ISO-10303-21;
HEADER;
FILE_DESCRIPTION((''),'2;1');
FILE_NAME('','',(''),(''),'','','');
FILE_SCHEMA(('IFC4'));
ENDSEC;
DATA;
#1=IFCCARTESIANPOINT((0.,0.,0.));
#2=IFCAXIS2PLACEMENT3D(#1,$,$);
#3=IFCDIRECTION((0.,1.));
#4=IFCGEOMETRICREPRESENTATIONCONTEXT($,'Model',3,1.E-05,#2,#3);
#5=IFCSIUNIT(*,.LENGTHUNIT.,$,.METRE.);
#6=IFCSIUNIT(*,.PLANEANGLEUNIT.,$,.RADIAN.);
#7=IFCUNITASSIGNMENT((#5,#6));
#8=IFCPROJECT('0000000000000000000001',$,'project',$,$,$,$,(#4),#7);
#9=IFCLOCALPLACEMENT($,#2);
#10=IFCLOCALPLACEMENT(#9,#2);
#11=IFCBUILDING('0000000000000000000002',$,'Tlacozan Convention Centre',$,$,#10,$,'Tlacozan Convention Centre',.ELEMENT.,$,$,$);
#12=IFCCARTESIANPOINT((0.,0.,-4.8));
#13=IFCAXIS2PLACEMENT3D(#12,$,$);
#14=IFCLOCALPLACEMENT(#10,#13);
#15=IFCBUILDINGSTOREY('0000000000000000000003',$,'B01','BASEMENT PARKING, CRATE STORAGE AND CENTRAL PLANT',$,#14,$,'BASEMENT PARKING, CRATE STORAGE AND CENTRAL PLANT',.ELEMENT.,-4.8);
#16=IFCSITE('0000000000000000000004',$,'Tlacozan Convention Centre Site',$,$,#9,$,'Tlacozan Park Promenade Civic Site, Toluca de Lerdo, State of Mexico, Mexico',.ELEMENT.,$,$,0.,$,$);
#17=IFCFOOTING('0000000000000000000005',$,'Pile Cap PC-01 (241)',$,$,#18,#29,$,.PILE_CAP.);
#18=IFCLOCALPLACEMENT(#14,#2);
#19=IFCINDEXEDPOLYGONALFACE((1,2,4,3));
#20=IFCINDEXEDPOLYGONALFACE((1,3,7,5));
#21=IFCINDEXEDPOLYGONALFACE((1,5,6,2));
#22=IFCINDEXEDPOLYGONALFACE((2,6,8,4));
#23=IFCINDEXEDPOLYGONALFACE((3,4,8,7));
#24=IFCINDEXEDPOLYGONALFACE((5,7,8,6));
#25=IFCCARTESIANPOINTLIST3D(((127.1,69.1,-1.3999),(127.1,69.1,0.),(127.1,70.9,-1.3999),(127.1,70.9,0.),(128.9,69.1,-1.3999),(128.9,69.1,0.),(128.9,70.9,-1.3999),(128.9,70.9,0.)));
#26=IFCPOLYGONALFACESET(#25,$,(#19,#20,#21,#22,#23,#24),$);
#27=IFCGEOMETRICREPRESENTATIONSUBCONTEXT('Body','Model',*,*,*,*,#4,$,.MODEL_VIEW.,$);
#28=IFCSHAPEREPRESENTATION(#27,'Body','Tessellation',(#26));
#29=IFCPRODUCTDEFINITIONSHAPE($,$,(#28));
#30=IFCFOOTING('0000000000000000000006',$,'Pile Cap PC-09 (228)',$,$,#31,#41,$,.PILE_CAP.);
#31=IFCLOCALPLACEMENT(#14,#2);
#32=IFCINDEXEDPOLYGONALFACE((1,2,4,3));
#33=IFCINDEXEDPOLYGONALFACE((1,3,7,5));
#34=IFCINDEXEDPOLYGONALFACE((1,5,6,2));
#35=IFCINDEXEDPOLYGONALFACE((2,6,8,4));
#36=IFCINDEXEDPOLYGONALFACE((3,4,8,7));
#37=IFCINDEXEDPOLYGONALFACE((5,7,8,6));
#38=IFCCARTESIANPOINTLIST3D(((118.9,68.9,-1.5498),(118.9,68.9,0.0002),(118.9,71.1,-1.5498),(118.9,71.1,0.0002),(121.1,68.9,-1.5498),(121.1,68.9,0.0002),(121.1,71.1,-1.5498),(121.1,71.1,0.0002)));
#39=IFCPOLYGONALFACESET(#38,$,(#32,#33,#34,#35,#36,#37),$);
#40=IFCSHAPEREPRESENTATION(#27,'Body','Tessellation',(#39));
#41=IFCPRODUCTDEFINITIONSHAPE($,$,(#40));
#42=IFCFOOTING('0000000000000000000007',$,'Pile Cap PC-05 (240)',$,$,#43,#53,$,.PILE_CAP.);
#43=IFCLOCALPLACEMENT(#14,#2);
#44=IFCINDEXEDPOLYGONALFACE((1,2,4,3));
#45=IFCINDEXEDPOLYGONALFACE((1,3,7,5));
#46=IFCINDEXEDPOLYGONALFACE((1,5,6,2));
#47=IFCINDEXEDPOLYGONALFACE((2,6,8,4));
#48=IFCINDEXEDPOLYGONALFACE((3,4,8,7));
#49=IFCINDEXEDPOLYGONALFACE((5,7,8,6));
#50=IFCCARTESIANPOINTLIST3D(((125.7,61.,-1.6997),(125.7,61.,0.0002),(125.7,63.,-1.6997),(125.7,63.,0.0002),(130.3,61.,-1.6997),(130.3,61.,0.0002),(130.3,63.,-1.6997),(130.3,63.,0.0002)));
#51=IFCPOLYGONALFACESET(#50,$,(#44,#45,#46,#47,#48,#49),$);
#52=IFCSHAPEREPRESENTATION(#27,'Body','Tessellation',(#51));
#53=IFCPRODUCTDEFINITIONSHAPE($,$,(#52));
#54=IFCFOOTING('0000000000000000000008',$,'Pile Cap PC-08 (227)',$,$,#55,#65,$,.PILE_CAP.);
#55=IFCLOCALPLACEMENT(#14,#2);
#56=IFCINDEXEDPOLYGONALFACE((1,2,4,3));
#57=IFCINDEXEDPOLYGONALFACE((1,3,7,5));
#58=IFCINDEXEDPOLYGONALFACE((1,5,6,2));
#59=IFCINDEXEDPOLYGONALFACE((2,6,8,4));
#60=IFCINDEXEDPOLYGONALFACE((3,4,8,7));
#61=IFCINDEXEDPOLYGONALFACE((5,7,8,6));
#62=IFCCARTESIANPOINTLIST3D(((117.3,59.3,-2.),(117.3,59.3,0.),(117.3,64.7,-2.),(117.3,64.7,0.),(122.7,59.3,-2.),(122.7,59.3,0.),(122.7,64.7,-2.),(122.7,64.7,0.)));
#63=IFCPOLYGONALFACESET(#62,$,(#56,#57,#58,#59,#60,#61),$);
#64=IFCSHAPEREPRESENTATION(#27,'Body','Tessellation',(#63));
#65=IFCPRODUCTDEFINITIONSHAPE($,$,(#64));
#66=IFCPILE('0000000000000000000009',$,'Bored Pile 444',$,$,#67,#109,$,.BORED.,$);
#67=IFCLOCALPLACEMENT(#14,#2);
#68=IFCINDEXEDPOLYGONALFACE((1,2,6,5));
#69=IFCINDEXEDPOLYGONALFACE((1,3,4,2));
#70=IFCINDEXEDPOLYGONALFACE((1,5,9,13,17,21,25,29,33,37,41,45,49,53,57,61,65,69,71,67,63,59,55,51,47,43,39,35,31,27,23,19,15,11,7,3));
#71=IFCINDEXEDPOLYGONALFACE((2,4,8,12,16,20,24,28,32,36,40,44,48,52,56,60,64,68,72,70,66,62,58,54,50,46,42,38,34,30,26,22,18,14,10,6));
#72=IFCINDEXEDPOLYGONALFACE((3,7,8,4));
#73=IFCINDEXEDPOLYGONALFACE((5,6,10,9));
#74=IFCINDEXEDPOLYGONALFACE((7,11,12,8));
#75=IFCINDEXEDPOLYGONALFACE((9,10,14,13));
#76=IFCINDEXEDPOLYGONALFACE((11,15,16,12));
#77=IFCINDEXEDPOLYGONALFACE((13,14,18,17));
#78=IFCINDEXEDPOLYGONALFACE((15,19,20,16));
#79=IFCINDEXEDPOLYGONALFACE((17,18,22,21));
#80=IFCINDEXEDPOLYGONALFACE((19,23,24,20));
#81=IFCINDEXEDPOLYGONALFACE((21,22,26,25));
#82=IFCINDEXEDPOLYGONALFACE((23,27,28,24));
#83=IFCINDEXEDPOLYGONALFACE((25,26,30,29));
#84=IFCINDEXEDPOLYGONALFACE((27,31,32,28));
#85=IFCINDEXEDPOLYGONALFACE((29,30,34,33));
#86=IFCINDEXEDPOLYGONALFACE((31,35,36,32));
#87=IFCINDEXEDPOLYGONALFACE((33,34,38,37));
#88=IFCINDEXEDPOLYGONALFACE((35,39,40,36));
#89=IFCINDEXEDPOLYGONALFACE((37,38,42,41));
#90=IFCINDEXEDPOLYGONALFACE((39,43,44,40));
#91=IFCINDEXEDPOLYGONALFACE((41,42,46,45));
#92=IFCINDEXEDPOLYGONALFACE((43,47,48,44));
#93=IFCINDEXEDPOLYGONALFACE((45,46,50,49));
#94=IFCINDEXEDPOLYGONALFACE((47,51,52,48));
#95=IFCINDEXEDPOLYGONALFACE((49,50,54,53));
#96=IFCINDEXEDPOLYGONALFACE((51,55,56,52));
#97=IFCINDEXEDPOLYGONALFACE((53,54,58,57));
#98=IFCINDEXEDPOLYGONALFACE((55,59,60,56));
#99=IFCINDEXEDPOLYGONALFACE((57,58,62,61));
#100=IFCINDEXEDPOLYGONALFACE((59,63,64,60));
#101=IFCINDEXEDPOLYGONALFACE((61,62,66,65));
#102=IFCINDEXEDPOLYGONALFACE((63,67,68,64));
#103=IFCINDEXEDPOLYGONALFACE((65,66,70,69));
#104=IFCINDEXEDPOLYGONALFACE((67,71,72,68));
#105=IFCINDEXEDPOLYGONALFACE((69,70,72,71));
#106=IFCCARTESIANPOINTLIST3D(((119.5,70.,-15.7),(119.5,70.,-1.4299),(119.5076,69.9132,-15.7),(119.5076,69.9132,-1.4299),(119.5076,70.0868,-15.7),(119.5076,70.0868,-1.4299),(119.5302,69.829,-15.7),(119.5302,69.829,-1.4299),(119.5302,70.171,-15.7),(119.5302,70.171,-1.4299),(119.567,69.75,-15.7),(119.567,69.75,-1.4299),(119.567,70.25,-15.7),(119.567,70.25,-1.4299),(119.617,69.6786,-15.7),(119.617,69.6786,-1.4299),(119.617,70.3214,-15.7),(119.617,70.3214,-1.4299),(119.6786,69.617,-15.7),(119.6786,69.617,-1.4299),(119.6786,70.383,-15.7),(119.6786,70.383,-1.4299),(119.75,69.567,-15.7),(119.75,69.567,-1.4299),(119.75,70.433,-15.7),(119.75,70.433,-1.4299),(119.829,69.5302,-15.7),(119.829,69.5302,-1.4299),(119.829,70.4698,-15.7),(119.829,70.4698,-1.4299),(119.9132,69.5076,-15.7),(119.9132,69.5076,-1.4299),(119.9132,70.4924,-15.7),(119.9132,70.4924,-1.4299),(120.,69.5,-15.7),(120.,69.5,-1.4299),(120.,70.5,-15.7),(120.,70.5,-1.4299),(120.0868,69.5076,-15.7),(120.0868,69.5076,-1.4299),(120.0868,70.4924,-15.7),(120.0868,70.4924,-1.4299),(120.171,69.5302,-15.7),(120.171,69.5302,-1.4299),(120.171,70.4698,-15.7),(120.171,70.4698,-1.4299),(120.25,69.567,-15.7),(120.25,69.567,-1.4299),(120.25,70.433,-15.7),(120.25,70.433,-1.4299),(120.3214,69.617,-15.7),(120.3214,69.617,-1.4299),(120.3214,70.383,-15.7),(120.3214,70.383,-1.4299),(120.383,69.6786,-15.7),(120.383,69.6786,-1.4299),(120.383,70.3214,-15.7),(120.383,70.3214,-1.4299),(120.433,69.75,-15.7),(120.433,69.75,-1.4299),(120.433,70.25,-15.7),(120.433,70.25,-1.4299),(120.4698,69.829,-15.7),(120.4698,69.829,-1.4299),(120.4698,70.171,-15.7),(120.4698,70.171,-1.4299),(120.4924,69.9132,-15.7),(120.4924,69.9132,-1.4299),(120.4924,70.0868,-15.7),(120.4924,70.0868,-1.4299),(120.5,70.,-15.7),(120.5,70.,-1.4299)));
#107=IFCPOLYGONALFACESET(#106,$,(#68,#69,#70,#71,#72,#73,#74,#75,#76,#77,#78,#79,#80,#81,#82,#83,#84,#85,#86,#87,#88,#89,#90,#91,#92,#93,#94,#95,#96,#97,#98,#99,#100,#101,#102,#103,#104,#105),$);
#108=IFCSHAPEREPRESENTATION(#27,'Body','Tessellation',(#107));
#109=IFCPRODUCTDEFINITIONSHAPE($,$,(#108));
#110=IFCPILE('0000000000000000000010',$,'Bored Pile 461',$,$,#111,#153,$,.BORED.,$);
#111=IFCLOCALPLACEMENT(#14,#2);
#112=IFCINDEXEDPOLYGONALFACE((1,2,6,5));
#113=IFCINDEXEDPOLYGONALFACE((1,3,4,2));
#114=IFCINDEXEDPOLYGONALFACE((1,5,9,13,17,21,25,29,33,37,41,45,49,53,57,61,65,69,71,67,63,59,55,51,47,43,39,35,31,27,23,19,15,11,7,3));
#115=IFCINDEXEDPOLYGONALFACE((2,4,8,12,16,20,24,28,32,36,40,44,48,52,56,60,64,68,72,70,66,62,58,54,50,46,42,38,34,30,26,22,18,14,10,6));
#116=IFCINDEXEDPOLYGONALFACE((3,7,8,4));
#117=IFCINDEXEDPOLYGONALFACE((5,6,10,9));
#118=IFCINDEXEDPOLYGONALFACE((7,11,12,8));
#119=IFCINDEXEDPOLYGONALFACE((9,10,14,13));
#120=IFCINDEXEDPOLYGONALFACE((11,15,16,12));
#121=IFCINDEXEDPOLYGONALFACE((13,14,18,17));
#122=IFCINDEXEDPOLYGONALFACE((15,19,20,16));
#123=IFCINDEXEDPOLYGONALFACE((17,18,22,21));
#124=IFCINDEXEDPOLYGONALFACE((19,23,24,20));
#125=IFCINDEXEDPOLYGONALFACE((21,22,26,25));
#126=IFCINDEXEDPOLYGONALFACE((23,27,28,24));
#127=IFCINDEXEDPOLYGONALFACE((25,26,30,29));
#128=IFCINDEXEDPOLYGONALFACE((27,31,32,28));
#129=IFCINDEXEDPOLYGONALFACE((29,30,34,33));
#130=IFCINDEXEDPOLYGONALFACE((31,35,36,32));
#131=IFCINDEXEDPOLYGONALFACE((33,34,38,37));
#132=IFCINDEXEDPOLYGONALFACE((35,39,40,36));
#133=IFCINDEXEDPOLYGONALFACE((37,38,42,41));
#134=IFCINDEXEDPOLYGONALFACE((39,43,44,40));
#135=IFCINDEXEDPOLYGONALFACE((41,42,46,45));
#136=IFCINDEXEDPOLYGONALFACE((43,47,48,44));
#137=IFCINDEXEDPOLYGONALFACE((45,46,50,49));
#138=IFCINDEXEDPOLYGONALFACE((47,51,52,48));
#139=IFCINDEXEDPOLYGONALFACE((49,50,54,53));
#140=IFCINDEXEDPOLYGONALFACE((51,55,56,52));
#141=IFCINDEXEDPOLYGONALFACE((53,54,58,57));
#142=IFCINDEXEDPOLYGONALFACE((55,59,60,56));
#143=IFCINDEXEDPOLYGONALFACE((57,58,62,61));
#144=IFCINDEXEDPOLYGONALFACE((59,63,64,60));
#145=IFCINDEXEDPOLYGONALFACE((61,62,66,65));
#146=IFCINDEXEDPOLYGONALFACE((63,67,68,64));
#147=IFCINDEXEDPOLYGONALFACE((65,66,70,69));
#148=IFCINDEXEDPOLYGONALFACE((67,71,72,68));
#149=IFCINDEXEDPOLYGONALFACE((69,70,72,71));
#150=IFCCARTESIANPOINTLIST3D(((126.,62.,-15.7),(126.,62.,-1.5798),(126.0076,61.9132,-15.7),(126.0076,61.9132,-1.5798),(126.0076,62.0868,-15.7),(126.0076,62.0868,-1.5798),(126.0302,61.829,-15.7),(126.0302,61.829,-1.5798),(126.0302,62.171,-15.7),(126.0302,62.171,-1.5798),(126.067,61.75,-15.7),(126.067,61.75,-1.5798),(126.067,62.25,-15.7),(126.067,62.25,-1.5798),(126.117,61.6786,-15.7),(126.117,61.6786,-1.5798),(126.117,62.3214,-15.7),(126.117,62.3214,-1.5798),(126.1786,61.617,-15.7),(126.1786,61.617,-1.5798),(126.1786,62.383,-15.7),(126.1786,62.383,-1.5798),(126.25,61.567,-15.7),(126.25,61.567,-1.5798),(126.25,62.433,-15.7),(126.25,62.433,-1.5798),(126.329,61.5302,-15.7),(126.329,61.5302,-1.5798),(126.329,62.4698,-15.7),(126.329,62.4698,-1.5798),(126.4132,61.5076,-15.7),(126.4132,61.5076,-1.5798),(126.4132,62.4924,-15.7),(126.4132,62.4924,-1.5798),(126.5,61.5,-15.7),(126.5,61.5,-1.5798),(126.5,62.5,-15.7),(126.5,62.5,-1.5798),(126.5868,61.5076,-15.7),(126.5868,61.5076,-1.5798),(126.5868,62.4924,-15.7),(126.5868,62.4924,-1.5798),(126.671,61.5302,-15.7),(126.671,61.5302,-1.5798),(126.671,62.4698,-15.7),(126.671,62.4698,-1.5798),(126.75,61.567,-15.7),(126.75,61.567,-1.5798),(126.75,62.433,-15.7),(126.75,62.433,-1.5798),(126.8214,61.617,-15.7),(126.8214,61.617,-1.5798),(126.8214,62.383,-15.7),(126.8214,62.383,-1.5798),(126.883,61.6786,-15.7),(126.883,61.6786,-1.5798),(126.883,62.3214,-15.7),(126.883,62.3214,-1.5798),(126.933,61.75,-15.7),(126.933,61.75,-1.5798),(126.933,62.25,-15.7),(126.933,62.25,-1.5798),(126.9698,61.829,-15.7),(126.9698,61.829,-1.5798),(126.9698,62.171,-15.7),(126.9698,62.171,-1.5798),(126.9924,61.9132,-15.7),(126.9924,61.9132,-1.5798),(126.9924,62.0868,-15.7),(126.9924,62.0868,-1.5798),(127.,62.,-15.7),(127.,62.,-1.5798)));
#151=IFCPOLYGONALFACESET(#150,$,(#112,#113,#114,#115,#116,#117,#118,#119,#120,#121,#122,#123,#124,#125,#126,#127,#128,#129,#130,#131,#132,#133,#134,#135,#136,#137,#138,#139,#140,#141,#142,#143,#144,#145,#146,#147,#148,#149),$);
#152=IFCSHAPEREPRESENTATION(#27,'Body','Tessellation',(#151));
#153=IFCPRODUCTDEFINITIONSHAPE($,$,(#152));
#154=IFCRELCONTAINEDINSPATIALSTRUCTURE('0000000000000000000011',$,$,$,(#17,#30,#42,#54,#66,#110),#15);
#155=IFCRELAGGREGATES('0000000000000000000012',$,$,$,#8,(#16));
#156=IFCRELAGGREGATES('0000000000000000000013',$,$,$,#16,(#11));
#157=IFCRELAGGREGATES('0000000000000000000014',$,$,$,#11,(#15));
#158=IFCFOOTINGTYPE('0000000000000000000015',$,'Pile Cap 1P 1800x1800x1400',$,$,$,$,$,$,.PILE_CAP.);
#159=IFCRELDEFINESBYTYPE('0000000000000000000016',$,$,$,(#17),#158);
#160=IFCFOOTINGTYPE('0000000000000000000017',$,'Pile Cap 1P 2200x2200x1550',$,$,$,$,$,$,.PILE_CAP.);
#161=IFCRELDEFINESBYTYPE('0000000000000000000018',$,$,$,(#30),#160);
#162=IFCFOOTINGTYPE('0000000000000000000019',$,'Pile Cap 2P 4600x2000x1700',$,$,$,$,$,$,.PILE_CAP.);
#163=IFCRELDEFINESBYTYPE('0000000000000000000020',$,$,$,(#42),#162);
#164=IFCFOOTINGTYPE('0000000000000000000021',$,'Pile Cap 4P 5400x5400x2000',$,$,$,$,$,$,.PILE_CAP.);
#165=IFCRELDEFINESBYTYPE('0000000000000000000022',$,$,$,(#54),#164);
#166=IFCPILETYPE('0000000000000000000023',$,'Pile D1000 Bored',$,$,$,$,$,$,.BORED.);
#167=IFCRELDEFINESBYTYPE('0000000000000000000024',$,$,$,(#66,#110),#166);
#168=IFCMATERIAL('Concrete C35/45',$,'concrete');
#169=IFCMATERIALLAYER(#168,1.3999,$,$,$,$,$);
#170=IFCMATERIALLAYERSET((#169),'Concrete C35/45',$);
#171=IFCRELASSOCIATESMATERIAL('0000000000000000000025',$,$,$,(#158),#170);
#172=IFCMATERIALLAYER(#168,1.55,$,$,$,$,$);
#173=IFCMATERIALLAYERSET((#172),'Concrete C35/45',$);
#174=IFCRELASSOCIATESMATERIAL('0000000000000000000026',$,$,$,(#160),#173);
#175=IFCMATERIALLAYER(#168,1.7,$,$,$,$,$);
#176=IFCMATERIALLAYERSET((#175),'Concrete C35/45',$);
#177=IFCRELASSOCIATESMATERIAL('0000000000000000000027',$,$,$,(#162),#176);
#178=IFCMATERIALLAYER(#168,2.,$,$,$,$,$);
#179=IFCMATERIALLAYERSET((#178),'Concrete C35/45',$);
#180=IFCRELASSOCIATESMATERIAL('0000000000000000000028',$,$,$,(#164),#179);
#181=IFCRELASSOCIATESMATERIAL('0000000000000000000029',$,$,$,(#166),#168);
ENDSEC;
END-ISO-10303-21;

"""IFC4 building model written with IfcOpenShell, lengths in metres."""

from ifc_helpers import new_model, si_unit, direction, frame, origin, origin_2d, place, context, subcontext, project, spatial, rectangle, circle, extrude, material, layer, layer_set, material_profile, profile_set, type_object, element, save


model = new_model("IFC4")

# Units and contexts
model_context = context("Model", 3, precision=1e-05, world=origin(), true_north=direction((0.0, 1.0)))
body_context = subcontext(model_context, "Body", "Model", "MODEL_VIEW")
ifc_project = project(units=[si_unit("LENGTHUNIT", "METRE"), si_unit("PLANEANGLEUNIT", "RADIAN")], contexts=[model_context])

# Site, building, storey
site_placement = place(None, origin())
site = spatial("IfcSite", under=ifc_project, at=site_placement, Name="Tlacozan Convention Centre Site", LongName="Tlacozan Park Promenade Civic Site, Toluca de Lerdo, State of Mexico, Mexico", CompositionType="ELEMENT", RefElevation=0.0)
building_placement = place(site_placement, origin())
building = spatial("IfcBuilding", under=site, at=building_placement, Name="Tlacozan Convention Centre", LongName="Tlacozan Convention Centre", CompositionType="ELEMENT")
storey_placement = place(building_placement, frame((0.0, 0.0, -4.8)))
storey = spatial("IfcBuildingStorey", under=building, at=storey_placement, Name="B01", Description="BASEMENT PARKING, CRATE STORAGE AND CENTRAL PLANT", LongName="BASEMENT PARKING, CRATE STORAGE AND CENTRAL PLANT", CompositionType="ELEMENT", Elevation=-4.8)

# Footings
ifc_material_1 = material(Name="Concrete C35/45", Category="concrete")
ifc_layer_1 = layer(ifc_material_1, 1.3999)
ifc_layer_set_1 = layer_set([ifc_layer_1], Name="Concrete C35/45")
footing_type_1 = type_object("IfcFootingType", Name="Pile Cap 1P 1800x1800x1400", PredefinedType="PILE_CAP", material=ifc_layer_set_1)
footing_1_placement = place(storey_placement, frame((128.0, 70.0, -1.3999), z_axis=(0.0, 0.0, 1.0), x_axis=(1.0, 0.0, 0.0)))
element("IfcFooting", 1, at=footing_1_placement, inside=storey, type_object=footing_type_1, Name="Pile Cap PC-01 (241)", PredefinedType="PILE_CAP", context=body_context, shape_type="SweptSolid", body=[
    extrude(rectangle(XDim=1.8, YDim=1.8, at=origin_2d()), origin(), (0.0, 0.0, 1.0), 1.3999),
])
ifc_layer_2 = layer(ifc_material_1, 1.55)
ifc_layer_set_2 = layer_set([ifc_layer_2], Name="Concrete C35/45")
footing_type_2 = type_object("IfcFootingType", Name="Pile Cap 1P 2200x2200x1550", PredefinedType="PILE_CAP", material=ifc_layer_set_2)
footing_2_placement = place(storey_placement, frame((120.0, 70.0, -1.5498), z_axis=(0.0, 0.0, 1.0), x_axis=(1.0, 0.0, 0.0)))
element("IfcFooting", 2, at=footing_2_placement, inside=storey, type_object=footing_type_2, Name="Pile Cap PC-09 (228)", PredefinedType="PILE_CAP", context=body_context, shape_type="SweptSolid", body=[
    extrude(rectangle(XDim=2.2, YDim=2.2, at=origin_2d()), origin(), (0.0, 0.0, 1.0), 1.55),
])
ifc_layer_3 = layer(ifc_material_1, 1.7)
ifc_layer_set_3 = layer_set([ifc_layer_3], Name="Concrete C35/45")
footing_type_3 = type_object("IfcFootingType", Name="Pile Cap 2P 4600x2000x1700", PredefinedType="PILE_CAP", material=ifc_layer_set_3)
footing_3_placement = place(storey_placement, frame((128.0, 62.0, -1.6997), z_axis=(0.0, 0.0, 1.0), x_axis=(1.0, 0.0, 0.0)))
element("IfcFooting", 3, at=footing_3_placement, inside=storey, type_object=footing_type_3, Name="Pile Cap PC-05 (240)", PredefinedType="PILE_CAP", context=body_context, shape_type="SweptSolid", body=[
    extrude(rectangle(XDim=4.6001, YDim=2.0, at=origin_2d()), origin(), (0.0, 0.0, 1.0), 1.7),
])
ifc_layer_4 = layer(ifc_material_1, 2.0)
ifc_layer_set_4 = layer_set([ifc_layer_4], Name="Concrete C35/45")
footing_type_4 = type_object("IfcFootingType", Name="Pile Cap 4P 5400x5400x2000", PredefinedType="PILE_CAP", material=ifc_layer_set_4)
footing_4_placement = place(storey_placement, frame((120.0, 62.0, -2.0), z_axis=(0.0, 0.0, 1.0), x_axis=(1.0, 0.0, 0.0)))
element("IfcFooting", 4, at=footing_4_placement, inside=storey, type_object=footing_type_4, Name="Pile Cap PC-08 (227)", PredefinedType="PILE_CAP", context=body_context, shape_type="SweptSolid", body=[
    extrude(rectangle(XDim=5.3999, YDim=5.3999, at=origin_2d()), origin(), (0.0, 0.0, 1.0), 2.0),
])

# Piles
ifc_material_profile_1 = material_profile(ifc_material_1, circle(Radius=0.5, at=origin_2d()), Name="PILE D1000")
ifc_profile_set_1 = profile_set([ifc_material_profile_1], Name="Concrete C35/45")
pile_type_1 = type_object("IfcPileType", Name="Pile D1000 Bored", PredefinedType="BORED", material=ifc_profile_set_1)
pile_1_placement = place(storey_placement, frame((120.0, 70.0, -1.4299), z_axis=(0.0, 0.0, -1.0), x_axis=(1.0, 0.0, 0.0)))
element("IfcPile", 5, at=pile_1_placement, inside=storey, type_object=pile_type_1, Name="Bored Pile 444", PredefinedType="BORED", context=body_context, shape_type="SweptSolid", body=[
    extrude(circle(Radius=0.5, at=origin_2d()), origin(), (0.0, 0.0, 1.0), 14.27),
])
pile_2_placement = place(storey_placement, frame((126.5, 62.0, -1.5798), z_axis=(0.0, 0.0, -1.0), x_axis=(1.0, 0.0, 0.0)))
element("IfcPile", 6, at=pile_2_placement, inside=storey, type_object=pile_type_1, Name="Bored Pile 461", PredefinedType="BORED", context=body_context, shape_type="SweptSolid", body=[
    extrude(circle(Radius=0.5, at=origin_2d()), origin(), (0.0, 0.0, 1.0), 14.1201),
])

save(model, "model.ifc")
